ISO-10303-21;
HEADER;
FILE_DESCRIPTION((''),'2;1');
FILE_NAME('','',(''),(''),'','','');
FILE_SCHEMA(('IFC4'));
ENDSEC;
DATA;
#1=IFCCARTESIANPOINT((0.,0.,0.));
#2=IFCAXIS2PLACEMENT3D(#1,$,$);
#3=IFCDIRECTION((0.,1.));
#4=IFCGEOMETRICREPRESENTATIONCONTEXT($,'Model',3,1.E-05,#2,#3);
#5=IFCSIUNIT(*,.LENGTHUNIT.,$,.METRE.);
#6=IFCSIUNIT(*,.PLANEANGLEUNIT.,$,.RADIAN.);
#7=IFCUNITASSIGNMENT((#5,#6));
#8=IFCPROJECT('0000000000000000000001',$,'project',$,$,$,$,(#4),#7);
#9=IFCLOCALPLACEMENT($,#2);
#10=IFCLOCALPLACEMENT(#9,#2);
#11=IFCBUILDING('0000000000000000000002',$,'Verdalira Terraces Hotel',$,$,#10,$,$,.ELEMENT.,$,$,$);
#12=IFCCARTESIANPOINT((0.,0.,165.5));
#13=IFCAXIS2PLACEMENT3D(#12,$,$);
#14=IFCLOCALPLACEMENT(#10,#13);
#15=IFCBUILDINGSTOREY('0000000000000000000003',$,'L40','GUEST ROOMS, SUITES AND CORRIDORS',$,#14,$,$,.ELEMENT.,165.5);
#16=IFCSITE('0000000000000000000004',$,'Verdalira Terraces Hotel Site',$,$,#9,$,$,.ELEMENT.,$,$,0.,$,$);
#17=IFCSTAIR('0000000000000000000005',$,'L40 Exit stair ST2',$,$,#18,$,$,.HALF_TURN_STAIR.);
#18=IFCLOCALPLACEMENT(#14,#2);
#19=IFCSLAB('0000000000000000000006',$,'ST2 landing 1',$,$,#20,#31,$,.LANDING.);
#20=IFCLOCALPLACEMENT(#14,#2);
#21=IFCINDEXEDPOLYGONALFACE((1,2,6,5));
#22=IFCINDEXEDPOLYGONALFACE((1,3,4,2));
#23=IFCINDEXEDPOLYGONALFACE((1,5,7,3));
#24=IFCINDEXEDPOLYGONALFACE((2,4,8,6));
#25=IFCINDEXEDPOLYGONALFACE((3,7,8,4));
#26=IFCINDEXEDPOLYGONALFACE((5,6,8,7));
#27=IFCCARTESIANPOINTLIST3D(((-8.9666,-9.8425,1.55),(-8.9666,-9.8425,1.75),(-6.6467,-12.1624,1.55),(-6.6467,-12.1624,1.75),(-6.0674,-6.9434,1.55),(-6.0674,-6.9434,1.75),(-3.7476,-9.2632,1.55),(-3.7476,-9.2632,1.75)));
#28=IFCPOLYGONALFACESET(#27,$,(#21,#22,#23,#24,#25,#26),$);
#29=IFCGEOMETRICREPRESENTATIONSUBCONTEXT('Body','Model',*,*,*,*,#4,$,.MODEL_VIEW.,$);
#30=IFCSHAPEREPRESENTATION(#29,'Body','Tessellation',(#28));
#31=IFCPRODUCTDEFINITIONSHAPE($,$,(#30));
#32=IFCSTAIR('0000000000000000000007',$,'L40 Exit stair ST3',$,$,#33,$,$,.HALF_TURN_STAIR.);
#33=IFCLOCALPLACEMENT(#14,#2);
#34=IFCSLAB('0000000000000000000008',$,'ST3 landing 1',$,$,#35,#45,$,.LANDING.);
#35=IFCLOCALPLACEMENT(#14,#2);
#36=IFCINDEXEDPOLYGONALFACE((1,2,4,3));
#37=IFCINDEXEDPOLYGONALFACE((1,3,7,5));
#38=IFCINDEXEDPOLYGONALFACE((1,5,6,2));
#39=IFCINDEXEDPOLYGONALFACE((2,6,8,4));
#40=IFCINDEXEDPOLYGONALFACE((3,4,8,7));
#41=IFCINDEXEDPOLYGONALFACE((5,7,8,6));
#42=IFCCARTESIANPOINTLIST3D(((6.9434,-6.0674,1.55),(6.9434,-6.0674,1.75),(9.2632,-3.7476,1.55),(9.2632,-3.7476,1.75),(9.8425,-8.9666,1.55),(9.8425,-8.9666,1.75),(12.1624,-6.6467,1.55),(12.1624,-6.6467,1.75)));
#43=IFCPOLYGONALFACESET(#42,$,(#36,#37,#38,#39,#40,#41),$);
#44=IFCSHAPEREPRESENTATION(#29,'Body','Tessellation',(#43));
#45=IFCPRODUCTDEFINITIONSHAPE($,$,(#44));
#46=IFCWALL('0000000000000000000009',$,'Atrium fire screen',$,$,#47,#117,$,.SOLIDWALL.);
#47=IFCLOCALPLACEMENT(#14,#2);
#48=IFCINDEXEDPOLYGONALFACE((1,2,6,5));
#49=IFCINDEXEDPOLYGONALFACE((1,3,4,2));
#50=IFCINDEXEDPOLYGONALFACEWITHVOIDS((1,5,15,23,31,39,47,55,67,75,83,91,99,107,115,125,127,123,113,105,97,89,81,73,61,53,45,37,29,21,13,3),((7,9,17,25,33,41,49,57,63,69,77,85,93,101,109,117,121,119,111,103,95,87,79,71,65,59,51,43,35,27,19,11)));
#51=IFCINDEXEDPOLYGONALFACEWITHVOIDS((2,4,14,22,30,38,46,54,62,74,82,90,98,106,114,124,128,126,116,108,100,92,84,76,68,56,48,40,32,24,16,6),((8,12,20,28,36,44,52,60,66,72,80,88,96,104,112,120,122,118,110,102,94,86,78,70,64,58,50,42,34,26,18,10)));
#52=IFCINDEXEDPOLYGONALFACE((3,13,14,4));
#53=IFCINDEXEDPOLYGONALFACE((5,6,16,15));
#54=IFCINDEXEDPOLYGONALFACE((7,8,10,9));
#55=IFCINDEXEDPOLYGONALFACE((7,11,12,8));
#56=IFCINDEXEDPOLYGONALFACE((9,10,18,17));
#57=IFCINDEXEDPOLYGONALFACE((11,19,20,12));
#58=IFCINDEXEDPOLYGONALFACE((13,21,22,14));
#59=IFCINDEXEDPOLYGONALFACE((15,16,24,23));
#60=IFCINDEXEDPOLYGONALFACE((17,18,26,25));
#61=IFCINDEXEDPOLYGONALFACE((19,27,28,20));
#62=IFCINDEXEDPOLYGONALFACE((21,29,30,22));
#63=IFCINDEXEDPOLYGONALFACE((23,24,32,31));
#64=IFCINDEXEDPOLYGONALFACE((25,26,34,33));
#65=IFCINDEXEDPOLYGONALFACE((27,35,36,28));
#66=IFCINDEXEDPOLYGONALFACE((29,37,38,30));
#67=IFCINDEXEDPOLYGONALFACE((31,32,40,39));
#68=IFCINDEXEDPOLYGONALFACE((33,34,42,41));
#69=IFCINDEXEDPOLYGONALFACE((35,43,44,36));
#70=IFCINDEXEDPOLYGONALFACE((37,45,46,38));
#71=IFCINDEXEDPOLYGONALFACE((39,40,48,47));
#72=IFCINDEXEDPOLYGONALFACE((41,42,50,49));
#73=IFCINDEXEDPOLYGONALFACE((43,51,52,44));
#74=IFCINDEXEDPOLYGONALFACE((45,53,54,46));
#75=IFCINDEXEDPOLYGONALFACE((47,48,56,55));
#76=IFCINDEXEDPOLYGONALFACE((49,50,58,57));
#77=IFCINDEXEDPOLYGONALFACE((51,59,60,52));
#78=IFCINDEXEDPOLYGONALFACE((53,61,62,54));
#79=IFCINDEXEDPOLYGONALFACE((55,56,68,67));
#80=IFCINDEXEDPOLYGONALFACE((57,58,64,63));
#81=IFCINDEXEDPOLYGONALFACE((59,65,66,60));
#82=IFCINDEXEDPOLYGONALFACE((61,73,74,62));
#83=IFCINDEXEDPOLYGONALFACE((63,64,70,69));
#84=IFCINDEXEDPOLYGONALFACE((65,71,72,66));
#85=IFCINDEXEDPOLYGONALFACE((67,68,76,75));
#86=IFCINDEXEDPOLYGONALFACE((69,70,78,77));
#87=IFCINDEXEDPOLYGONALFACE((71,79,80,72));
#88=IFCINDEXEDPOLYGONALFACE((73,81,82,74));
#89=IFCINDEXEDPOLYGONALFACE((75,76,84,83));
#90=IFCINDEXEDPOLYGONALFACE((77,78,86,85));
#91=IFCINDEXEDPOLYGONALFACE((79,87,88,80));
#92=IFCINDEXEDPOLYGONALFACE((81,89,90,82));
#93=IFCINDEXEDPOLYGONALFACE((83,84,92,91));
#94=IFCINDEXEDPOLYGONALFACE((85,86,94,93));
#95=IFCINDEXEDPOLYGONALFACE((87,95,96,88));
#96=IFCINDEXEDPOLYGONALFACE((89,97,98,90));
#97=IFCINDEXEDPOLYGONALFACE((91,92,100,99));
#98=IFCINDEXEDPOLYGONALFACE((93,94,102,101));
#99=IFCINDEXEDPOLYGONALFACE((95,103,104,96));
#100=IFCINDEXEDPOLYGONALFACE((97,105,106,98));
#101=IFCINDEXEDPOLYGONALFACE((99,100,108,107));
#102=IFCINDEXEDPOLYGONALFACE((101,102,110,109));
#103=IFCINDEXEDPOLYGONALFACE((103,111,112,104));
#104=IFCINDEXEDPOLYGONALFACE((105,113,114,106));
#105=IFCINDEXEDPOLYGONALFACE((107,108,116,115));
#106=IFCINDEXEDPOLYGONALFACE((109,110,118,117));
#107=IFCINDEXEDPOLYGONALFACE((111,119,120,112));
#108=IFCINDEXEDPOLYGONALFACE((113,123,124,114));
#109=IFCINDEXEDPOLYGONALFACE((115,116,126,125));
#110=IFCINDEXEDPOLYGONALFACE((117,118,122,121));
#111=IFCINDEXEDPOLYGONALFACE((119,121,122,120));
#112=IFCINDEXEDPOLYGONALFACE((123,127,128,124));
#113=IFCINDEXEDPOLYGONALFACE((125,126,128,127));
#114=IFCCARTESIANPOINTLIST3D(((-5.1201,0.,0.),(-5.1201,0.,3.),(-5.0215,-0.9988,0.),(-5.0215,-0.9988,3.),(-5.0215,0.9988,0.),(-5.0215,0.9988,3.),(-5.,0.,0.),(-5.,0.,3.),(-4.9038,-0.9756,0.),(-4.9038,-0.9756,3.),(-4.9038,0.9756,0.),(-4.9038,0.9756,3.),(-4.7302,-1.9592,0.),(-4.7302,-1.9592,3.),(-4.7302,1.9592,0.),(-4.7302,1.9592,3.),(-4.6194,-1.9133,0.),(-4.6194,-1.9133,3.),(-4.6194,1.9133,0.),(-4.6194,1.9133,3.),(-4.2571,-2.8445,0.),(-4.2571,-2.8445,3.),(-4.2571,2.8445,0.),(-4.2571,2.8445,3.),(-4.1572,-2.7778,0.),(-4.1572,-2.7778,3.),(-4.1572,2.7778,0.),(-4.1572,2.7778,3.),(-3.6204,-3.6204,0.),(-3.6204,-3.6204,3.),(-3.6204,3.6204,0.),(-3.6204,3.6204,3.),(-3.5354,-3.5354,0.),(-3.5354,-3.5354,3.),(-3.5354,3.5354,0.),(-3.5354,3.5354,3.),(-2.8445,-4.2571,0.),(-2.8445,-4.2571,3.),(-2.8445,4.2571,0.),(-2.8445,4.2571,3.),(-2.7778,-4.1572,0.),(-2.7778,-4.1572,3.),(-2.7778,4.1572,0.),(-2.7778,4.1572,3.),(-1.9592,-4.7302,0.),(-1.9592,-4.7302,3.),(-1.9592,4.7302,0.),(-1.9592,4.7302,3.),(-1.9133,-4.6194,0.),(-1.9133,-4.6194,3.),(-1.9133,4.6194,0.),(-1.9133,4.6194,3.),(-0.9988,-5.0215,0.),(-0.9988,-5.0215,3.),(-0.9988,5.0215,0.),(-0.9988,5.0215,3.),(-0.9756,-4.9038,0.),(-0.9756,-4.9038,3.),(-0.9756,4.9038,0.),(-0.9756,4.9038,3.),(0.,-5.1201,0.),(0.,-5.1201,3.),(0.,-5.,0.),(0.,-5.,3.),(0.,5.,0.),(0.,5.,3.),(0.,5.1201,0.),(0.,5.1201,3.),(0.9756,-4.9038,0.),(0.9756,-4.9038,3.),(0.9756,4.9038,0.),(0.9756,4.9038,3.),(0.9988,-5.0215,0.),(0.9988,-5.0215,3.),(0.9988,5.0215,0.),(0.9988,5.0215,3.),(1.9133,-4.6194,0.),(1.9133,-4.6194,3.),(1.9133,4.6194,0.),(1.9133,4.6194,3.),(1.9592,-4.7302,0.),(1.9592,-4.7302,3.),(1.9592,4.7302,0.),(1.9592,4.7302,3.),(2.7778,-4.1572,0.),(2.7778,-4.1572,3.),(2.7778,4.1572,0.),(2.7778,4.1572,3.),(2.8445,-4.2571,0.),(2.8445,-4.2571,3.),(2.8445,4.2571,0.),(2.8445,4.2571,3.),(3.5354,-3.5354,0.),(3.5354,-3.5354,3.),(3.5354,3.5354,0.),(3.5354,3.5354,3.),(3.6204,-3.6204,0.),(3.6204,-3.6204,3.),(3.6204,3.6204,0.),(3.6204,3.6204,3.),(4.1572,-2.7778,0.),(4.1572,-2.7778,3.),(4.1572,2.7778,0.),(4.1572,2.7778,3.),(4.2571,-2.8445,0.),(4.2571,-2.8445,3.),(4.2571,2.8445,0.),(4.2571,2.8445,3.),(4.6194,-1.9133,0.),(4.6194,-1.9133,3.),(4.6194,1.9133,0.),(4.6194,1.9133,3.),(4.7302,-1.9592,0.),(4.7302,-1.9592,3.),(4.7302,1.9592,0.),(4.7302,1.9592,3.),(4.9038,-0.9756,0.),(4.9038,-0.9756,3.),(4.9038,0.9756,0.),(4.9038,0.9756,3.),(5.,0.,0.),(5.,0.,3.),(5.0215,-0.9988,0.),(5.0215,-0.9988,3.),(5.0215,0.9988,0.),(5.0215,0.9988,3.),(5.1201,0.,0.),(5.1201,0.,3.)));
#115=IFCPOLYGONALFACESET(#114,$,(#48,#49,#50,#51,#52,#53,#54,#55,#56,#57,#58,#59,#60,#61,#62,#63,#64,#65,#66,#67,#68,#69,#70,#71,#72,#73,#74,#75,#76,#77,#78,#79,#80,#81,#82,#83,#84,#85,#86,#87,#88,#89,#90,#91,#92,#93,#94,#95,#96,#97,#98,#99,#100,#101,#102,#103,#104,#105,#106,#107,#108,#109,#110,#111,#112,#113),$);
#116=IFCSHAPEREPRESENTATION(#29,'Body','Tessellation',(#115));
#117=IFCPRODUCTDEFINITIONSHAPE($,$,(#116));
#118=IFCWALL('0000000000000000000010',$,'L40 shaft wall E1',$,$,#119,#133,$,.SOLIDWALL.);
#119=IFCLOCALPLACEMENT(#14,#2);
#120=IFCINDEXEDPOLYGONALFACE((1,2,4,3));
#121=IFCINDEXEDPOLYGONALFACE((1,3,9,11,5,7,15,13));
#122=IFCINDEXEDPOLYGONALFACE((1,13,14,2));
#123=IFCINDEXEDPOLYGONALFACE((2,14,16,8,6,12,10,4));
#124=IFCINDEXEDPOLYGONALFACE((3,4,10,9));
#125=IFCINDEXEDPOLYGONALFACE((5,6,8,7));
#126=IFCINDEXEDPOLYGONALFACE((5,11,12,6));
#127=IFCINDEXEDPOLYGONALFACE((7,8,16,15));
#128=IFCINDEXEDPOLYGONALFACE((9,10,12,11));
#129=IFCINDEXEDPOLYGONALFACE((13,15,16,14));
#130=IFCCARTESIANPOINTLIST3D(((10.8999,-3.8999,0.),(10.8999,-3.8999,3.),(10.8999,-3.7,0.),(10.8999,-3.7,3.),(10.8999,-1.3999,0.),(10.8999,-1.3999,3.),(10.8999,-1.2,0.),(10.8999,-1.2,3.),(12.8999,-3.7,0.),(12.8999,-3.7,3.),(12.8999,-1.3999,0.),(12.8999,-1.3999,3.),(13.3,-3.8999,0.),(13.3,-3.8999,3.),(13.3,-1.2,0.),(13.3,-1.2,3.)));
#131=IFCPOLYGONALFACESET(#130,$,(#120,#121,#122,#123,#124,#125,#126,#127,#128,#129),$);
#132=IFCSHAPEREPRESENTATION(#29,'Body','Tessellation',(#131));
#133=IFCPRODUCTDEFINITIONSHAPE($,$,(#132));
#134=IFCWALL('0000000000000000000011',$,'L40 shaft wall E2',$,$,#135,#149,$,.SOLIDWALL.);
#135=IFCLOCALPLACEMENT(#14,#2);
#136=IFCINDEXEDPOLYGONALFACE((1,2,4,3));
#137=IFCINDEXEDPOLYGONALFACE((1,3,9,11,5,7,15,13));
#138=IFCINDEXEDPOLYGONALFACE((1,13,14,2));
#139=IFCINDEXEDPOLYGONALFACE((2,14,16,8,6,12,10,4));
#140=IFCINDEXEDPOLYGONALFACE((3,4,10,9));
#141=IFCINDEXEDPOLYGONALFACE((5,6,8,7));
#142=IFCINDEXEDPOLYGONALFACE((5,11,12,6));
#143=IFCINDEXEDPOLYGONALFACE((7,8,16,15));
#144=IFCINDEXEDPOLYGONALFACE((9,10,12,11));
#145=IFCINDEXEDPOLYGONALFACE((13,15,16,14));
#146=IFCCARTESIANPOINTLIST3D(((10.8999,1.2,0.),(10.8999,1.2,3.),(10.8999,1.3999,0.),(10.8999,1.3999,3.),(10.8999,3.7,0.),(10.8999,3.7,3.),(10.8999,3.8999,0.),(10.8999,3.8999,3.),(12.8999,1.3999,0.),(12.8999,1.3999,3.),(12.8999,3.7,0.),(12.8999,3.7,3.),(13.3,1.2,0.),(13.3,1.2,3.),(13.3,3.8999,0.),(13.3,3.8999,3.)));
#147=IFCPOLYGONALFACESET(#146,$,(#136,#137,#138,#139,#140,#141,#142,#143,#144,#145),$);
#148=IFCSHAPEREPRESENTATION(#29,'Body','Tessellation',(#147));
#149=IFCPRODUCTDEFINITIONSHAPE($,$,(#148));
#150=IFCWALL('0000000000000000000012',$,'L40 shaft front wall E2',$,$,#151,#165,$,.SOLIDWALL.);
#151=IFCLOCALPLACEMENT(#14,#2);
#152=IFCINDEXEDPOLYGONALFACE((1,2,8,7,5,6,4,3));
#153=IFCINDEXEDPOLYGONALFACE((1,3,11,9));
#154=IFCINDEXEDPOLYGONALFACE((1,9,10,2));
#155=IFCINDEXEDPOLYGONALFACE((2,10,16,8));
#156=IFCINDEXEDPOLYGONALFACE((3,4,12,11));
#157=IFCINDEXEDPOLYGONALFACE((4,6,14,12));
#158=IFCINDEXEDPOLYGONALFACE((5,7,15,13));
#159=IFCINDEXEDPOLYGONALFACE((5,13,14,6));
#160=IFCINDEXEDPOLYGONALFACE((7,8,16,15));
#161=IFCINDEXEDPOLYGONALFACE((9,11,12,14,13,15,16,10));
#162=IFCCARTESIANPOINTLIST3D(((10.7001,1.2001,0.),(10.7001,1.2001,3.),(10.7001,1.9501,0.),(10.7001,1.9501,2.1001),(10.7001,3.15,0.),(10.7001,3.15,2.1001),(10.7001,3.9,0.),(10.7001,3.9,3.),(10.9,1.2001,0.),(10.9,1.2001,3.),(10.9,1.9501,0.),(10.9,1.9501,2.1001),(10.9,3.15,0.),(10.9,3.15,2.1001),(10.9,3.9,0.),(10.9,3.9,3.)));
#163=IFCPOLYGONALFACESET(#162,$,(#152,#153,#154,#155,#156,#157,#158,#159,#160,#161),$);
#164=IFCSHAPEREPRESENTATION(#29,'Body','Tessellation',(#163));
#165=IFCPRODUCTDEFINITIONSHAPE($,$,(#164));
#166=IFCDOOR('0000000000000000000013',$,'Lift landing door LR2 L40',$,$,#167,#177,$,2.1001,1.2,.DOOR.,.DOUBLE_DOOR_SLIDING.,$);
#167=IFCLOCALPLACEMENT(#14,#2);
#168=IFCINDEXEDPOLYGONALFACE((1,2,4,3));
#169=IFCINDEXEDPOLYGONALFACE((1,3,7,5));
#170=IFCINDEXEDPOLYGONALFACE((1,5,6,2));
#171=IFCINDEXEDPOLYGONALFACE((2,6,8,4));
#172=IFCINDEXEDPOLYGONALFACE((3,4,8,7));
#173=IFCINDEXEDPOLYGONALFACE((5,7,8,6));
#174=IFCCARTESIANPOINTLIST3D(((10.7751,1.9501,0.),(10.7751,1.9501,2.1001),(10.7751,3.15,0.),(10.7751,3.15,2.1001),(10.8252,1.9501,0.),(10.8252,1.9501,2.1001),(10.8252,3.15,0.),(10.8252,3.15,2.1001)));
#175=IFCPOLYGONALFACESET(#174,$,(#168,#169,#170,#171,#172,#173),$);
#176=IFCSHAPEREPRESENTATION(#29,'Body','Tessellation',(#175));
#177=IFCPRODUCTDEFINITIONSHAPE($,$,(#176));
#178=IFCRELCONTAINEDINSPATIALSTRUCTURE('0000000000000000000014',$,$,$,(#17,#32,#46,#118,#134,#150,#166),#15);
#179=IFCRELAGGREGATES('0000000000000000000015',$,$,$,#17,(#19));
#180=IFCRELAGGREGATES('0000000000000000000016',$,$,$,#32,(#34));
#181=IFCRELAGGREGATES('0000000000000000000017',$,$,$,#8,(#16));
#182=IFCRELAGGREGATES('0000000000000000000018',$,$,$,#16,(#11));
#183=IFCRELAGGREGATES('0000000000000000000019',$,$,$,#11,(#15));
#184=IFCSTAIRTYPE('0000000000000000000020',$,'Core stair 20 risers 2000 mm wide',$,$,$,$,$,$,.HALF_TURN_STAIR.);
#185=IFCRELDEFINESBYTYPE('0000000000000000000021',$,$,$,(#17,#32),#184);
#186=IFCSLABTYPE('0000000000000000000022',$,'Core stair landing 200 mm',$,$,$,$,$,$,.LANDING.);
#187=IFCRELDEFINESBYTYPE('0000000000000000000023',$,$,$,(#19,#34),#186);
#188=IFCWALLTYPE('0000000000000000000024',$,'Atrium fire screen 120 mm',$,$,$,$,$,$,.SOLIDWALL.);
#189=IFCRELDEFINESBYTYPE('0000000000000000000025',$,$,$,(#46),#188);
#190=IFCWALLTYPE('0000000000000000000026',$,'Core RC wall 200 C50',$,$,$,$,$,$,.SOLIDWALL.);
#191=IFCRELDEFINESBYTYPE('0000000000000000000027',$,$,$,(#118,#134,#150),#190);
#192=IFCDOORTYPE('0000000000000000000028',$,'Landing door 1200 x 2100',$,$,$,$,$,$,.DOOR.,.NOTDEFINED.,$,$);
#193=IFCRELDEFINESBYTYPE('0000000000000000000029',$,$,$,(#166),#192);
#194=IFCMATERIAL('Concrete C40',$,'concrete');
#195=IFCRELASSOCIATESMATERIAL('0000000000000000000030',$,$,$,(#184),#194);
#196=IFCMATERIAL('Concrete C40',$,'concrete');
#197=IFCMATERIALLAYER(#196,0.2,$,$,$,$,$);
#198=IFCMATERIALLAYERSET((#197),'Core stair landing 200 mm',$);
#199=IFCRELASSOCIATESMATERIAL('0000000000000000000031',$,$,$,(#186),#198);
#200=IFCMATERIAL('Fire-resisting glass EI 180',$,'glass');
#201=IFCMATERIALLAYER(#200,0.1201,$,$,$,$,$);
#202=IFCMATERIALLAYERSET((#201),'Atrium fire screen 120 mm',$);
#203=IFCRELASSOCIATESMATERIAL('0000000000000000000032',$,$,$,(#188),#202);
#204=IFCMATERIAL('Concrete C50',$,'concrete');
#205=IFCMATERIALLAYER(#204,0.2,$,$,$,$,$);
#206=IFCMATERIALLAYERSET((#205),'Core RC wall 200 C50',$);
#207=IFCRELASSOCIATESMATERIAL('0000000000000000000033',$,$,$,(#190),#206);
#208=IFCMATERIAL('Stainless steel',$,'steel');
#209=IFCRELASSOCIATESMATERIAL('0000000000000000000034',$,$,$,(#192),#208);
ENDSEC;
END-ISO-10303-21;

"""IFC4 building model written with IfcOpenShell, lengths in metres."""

from ifc_helpers import new_model, si_unit, direction, frame, frame_2d, origin, place, context, subcontext, project, spatial, polyline, rectangle, outline, extrude, material, layer, layer_set, type_object, element, fill, aggregate, save


model = new_model("IFC4")

# Units and contexts
model_context = context("Model", 3, precision=1e-05, world=origin(), true_north=direction((0.0, 1.0)))
body_context = subcontext(model_context, "Body", "Model", "MODEL_VIEW")
ifc_project = project(units=[si_unit("LENGTHUNIT", "METRE"), si_unit("PLANEANGLEUNIT", "RADIAN")], contexts=[model_context])

# Site, building, storey
site_placement = place(None, origin())
site = spatial("IfcSite", under=ifc_project, at=site_placement, Name="Verdalira Terraces Hotel Site", CompositionType="ELEMENT", RefElevation=0.0)
building_placement = place(site_placement, origin())
building = spatial("IfcBuilding", under=site, at=building_placement, Name="Verdalira Terraces Hotel", CompositionType="ELEMENT")
storey_placement = place(building_placement, frame((0.0, 0.0, 165.5)))
storey = spatial("IfcBuildingStorey", under=building, at=storey_placement, Name="L40", Description="GUEST ROOMS, SUITES AND CORRIDORS", CompositionType="ELEMENT", Elevation=165.5)

# Stairs, slabs
ifc_material_1 = material(Name="Concrete C40", Category="concrete")
stair_type = type_object("IfcStairType", Name="Core stair 20 risers 2000 mm wide", PredefinedType="HALF_TURN_STAIR", material=ifc_material_1)
ifc_material_2 = material(Name="Concrete C40", Category="concrete")
ifc_layer_1 = layer(ifc_material_2, 0.2)
ifc_layer_set_1 = layer_set([ifc_layer_1], Name="Core stair landing 200 mm")
slab_type_1 = type_object("IfcSlabType", Name="Core stair landing 200 mm", PredefinedType="LANDING", material=ifc_layer_set_1)
stair_1_placement = place(storey_placement, origin())
stair_1 = element("IfcStair", 1, at=stair_1_placement, inside=storey, type_object=stair_type, Name="L40 Exit stair ST2", PredefinedType="HALF_TURN_STAIR")
slab_1_placement = place(storey_placement, frame((0.0, 0.0, 1.55)))
slab_1 = element("IfcSlab", 2, at=slab_1_placement, type_object=slab_type_1, Name="ST2 landing 1", PredefinedType="LANDING", context=body_context, shape_type="SweptSolid", body=[
    extrude(outline(polyline([(-8.9666, -9.8425), (-6.6467, -12.1624), (-3.7476, -9.2632), (-6.0674, -6.9434), (-8.9666, -9.8425)])), origin(), (0.0, 0.0, 1.0), 0.2),
])
aggregate(stair_1, [slab_1])
stair_2_placement = place(storey_placement, origin())
stair_2 = element("IfcStair", 3, at=stair_2_placement, inside=storey, type_object=stair_type, Name="L40 Exit stair ST3", PredefinedType="HALF_TURN_STAIR")
slab_2_placement = place(storey_placement, frame((0.0, 0.0, 1.55)))
slab_2 = element("IfcSlab", 4, at=slab_2_placement, type_object=slab_type_1, Name="ST3 landing 1", PredefinedType="LANDING", context=body_context, shape_type="SweptSolid", body=[
    extrude(outline(polyline([(9.8425, -8.9666), (12.1624, -6.6467), (9.2632, -3.7476), (6.9434, -6.0674), (9.8425, -8.9666)])), origin(), (0.0, 0.0, 1.0), 0.2),
])
aggregate(stair_2, [slab_2])

# Walls
ifc_material_3 = material(Name="Fire-resisting glass EI 180", Category="glass")
ifc_layer_2 = layer(ifc_material_3, 0.1201)
ifc_layer_set_2 = layer_set([ifc_layer_2], Name="Atrium fire screen 120 mm")
wall_type_1 = type_object("IfcWallType", Name="Atrium fire screen 120 mm", PredefinedType="SOLIDWALL", material=ifc_layer_set_2)
wall_1_placement = place(storey_placement, origin())
element("IfcWall", 5, at=wall_1_placement, inside=storey, type_object=wall_type_1, Name="Atrium fire screen", PredefinedType="SOLIDWALL", context=body_context, shape_type="SweptSolid", body=[
    extrude(outline(polyline([(5.0215, -0.9988), (4.7302, -1.9592), (4.2571, -2.8445), (3.6204, -3.6204), (2.8445, -4.2571), (1.9592, -4.7302), (0.9988, -5.0215), (0.0, -5.1201), (-0.9988, -5.0215), (-1.9592, -4.7302), (-2.8445, -4.2571), (-3.6204, -3.6204), (-4.2571, -2.8445), (-4.7302, -1.9592), (-5.0215, -0.9988), (-5.1201, 0.0), (-5.0215, 0.9988), (-4.7302, 1.9592), (-4.2571, 2.8445), (-3.6204, 3.6204), (-2.8445, 4.2571), (-1.9592, 4.7302), (-0.9988, 5.0215), (0.0, 5.1201), (0.9988, 5.0215), (1.9592, 4.7302), (2.8445, 4.2571), (3.6204, 3.6204), (4.2571, 2.8445), (4.7302, 1.9592), (5.0215, 0.9988), (5.1201, 0.0), (5.0215, -0.9988)]), holes=[polyline([(4.9038, 0.9756), (4.6194, 1.9133), (4.1572, 2.7778), (3.5354, 3.5354), (2.7778, 4.1572), (1.9133, 4.6194), (0.9756, 4.9038), (0.0, 5.0), (-0.9756, 4.9038), (-1.9133, 4.6194), (-2.7778, 4.1572), (-3.5354, 3.5354), (-4.1572, 2.7778), (-4.6194, 1.9133), (-4.9038, 0.9756), (-5.0, 0.0), (-4.9038, -0.9756), (-4.6194, -1.9133), (-4.1572, -2.7778), (-3.5354, -3.5354), (-2.7778, -4.1572), (-1.9133, -4.6194), (-0.9756, -4.9038), (0.0, -5.0), (0.9756, -4.9038), (1.9133, -4.6194), (2.7778, -4.1572), (3.5354, -3.5354), (4.1572, -2.7778), (4.6194, -1.9133), (4.9038, -0.9756), (5.0, 0.0), (4.9038, 0.9756)])]), origin(), (0.0, 0.0, 1.0), 3.0),
])
ifc_material_4 = material(Name="Concrete C50", Category="concrete")
ifc_layer_3 = layer(ifc_material_4, 0.2)
ifc_layer_set_3 = layer_set([ifc_layer_3], Name="Core RC wall 200 C50")
wall_type_2 = type_object("IfcWallType", Name="Core RC wall 200 C50", PredefinedType="SOLIDWALL", material=ifc_layer_set_3)
wall_2_placement = place(storey_placement, origin())
element("IfcWall", 6, at=wall_2_placement, inside=storey, type_object=wall_type_2, Name="L40 shaft wall E1", PredefinedType="SOLIDWALL", context=body_context, shape_type="SweptSolid", body=[
    extrude(outline(polyline([(13.3, -3.8999), (10.8999, -3.8999), (10.8999, -3.7), (12.8999, -3.7), (12.8999, -1.3999), (10.8999, -1.3999), (10.8999, -1.2), (13.3, -1.2), (13.3, -3.8999)])), origin(), (0.0, 0.0, 1.0), 3.0),
])
wall_3_placement = place(storey_placement, origin())
element("IfcWall", 7, at=wall_3_placement, inside=storey, type_object=wall_type_2, Name="L40 shaft wall E2", PredefinedType="SOLIDWALL", context=body_context, shape_type="SweptSolid", body=[
    extrude(outline(polyline([(13.3, 3.8999), (13.3, 1.2), (10.8999, 1.2), (10.8999, 1.3999), (12.8999, 1.3999), (12.8999, 3.7), (10.8999, 3.7), (10.8999, 3.8999), (13.3, 3.8999)])), origin(), (0.0, 0.0, 1.0), 3.0),
])

# Wall, opening, door
wall_4_placement = place(storey_placement, frame((10.8, 1.2, 0.0), z_axis=(0.0, 0.0, 1.0), x_axis=(0.0, 1.0, 0.0)))
wall_4 = element("IfcWall", 8, at=wall_4_placement, inside=storey, type_object=wall_type_2, Name="L40 shaft front wall E2", PredefinedType="SOLIDWALL", context=body_context, shape_type="SweptSolid", body=[
    extrude(rectangle(XDim=2.7, YDim=0.2, at=frame_2d((1.3501, 0.0))), origin(), (0.0, 0.0, 1.0), 3.0),
])
opening_placement = place(wall_4_placement, frame((0.75, 0.0, 0.0)))
opening = element("IfcOpeningElement", 9, at=opening_placement, cuts=wall_4, PredefinedType="OPENING", context=body_context, shape_type="SweptSolid", body=[
    extrude(rectangle(XDim=1.2, YDim=2.1001, at=frame_2d((0.6001, 1.05))), frame((0.0, 0.1099, 0.0), z_axis=(0.0, -1.0, 0.0), x_axis=(1.0, 0.0, 0.0)), (0.0, 0.0, 1.0), 0.22),
])
ifc_material_5 = material(Name="Stainless steel", Category="steel")
door_type = type_object("IfcDoorType", Name="Landing door 1200 x 2100", OperationType="NOTDEFINED", PredefinedType="DOOR", material=ifc_material_5)
door_placement = place(opening_placement, origin())
door = element("IfcDoor", 10, at=door_placement, inside=storey, type_object=door_type, Name="Lift landing door LR2 L40", OperationType="DOUBLE_DOOR_SLIDING", OverallHeight=2.1001, OverallWidth=1.2, PredefinedType="DOOR", context=body_context, shape_type="SweptSolid", body=[
    extrude(rectangle(XDim=1.2, YDim=2.1001, at=frame_2d((0.6001, 1.05))), frame((0.0, 0.0249, 0.0), z_axis=(0.0, -1.0, 0.0), x_axis=(1.0, 0.0, 0.0)), (0.0, 0.0, 1.0), 0.05),
])
fill(opening, door)

save(model, "model.ifc")
